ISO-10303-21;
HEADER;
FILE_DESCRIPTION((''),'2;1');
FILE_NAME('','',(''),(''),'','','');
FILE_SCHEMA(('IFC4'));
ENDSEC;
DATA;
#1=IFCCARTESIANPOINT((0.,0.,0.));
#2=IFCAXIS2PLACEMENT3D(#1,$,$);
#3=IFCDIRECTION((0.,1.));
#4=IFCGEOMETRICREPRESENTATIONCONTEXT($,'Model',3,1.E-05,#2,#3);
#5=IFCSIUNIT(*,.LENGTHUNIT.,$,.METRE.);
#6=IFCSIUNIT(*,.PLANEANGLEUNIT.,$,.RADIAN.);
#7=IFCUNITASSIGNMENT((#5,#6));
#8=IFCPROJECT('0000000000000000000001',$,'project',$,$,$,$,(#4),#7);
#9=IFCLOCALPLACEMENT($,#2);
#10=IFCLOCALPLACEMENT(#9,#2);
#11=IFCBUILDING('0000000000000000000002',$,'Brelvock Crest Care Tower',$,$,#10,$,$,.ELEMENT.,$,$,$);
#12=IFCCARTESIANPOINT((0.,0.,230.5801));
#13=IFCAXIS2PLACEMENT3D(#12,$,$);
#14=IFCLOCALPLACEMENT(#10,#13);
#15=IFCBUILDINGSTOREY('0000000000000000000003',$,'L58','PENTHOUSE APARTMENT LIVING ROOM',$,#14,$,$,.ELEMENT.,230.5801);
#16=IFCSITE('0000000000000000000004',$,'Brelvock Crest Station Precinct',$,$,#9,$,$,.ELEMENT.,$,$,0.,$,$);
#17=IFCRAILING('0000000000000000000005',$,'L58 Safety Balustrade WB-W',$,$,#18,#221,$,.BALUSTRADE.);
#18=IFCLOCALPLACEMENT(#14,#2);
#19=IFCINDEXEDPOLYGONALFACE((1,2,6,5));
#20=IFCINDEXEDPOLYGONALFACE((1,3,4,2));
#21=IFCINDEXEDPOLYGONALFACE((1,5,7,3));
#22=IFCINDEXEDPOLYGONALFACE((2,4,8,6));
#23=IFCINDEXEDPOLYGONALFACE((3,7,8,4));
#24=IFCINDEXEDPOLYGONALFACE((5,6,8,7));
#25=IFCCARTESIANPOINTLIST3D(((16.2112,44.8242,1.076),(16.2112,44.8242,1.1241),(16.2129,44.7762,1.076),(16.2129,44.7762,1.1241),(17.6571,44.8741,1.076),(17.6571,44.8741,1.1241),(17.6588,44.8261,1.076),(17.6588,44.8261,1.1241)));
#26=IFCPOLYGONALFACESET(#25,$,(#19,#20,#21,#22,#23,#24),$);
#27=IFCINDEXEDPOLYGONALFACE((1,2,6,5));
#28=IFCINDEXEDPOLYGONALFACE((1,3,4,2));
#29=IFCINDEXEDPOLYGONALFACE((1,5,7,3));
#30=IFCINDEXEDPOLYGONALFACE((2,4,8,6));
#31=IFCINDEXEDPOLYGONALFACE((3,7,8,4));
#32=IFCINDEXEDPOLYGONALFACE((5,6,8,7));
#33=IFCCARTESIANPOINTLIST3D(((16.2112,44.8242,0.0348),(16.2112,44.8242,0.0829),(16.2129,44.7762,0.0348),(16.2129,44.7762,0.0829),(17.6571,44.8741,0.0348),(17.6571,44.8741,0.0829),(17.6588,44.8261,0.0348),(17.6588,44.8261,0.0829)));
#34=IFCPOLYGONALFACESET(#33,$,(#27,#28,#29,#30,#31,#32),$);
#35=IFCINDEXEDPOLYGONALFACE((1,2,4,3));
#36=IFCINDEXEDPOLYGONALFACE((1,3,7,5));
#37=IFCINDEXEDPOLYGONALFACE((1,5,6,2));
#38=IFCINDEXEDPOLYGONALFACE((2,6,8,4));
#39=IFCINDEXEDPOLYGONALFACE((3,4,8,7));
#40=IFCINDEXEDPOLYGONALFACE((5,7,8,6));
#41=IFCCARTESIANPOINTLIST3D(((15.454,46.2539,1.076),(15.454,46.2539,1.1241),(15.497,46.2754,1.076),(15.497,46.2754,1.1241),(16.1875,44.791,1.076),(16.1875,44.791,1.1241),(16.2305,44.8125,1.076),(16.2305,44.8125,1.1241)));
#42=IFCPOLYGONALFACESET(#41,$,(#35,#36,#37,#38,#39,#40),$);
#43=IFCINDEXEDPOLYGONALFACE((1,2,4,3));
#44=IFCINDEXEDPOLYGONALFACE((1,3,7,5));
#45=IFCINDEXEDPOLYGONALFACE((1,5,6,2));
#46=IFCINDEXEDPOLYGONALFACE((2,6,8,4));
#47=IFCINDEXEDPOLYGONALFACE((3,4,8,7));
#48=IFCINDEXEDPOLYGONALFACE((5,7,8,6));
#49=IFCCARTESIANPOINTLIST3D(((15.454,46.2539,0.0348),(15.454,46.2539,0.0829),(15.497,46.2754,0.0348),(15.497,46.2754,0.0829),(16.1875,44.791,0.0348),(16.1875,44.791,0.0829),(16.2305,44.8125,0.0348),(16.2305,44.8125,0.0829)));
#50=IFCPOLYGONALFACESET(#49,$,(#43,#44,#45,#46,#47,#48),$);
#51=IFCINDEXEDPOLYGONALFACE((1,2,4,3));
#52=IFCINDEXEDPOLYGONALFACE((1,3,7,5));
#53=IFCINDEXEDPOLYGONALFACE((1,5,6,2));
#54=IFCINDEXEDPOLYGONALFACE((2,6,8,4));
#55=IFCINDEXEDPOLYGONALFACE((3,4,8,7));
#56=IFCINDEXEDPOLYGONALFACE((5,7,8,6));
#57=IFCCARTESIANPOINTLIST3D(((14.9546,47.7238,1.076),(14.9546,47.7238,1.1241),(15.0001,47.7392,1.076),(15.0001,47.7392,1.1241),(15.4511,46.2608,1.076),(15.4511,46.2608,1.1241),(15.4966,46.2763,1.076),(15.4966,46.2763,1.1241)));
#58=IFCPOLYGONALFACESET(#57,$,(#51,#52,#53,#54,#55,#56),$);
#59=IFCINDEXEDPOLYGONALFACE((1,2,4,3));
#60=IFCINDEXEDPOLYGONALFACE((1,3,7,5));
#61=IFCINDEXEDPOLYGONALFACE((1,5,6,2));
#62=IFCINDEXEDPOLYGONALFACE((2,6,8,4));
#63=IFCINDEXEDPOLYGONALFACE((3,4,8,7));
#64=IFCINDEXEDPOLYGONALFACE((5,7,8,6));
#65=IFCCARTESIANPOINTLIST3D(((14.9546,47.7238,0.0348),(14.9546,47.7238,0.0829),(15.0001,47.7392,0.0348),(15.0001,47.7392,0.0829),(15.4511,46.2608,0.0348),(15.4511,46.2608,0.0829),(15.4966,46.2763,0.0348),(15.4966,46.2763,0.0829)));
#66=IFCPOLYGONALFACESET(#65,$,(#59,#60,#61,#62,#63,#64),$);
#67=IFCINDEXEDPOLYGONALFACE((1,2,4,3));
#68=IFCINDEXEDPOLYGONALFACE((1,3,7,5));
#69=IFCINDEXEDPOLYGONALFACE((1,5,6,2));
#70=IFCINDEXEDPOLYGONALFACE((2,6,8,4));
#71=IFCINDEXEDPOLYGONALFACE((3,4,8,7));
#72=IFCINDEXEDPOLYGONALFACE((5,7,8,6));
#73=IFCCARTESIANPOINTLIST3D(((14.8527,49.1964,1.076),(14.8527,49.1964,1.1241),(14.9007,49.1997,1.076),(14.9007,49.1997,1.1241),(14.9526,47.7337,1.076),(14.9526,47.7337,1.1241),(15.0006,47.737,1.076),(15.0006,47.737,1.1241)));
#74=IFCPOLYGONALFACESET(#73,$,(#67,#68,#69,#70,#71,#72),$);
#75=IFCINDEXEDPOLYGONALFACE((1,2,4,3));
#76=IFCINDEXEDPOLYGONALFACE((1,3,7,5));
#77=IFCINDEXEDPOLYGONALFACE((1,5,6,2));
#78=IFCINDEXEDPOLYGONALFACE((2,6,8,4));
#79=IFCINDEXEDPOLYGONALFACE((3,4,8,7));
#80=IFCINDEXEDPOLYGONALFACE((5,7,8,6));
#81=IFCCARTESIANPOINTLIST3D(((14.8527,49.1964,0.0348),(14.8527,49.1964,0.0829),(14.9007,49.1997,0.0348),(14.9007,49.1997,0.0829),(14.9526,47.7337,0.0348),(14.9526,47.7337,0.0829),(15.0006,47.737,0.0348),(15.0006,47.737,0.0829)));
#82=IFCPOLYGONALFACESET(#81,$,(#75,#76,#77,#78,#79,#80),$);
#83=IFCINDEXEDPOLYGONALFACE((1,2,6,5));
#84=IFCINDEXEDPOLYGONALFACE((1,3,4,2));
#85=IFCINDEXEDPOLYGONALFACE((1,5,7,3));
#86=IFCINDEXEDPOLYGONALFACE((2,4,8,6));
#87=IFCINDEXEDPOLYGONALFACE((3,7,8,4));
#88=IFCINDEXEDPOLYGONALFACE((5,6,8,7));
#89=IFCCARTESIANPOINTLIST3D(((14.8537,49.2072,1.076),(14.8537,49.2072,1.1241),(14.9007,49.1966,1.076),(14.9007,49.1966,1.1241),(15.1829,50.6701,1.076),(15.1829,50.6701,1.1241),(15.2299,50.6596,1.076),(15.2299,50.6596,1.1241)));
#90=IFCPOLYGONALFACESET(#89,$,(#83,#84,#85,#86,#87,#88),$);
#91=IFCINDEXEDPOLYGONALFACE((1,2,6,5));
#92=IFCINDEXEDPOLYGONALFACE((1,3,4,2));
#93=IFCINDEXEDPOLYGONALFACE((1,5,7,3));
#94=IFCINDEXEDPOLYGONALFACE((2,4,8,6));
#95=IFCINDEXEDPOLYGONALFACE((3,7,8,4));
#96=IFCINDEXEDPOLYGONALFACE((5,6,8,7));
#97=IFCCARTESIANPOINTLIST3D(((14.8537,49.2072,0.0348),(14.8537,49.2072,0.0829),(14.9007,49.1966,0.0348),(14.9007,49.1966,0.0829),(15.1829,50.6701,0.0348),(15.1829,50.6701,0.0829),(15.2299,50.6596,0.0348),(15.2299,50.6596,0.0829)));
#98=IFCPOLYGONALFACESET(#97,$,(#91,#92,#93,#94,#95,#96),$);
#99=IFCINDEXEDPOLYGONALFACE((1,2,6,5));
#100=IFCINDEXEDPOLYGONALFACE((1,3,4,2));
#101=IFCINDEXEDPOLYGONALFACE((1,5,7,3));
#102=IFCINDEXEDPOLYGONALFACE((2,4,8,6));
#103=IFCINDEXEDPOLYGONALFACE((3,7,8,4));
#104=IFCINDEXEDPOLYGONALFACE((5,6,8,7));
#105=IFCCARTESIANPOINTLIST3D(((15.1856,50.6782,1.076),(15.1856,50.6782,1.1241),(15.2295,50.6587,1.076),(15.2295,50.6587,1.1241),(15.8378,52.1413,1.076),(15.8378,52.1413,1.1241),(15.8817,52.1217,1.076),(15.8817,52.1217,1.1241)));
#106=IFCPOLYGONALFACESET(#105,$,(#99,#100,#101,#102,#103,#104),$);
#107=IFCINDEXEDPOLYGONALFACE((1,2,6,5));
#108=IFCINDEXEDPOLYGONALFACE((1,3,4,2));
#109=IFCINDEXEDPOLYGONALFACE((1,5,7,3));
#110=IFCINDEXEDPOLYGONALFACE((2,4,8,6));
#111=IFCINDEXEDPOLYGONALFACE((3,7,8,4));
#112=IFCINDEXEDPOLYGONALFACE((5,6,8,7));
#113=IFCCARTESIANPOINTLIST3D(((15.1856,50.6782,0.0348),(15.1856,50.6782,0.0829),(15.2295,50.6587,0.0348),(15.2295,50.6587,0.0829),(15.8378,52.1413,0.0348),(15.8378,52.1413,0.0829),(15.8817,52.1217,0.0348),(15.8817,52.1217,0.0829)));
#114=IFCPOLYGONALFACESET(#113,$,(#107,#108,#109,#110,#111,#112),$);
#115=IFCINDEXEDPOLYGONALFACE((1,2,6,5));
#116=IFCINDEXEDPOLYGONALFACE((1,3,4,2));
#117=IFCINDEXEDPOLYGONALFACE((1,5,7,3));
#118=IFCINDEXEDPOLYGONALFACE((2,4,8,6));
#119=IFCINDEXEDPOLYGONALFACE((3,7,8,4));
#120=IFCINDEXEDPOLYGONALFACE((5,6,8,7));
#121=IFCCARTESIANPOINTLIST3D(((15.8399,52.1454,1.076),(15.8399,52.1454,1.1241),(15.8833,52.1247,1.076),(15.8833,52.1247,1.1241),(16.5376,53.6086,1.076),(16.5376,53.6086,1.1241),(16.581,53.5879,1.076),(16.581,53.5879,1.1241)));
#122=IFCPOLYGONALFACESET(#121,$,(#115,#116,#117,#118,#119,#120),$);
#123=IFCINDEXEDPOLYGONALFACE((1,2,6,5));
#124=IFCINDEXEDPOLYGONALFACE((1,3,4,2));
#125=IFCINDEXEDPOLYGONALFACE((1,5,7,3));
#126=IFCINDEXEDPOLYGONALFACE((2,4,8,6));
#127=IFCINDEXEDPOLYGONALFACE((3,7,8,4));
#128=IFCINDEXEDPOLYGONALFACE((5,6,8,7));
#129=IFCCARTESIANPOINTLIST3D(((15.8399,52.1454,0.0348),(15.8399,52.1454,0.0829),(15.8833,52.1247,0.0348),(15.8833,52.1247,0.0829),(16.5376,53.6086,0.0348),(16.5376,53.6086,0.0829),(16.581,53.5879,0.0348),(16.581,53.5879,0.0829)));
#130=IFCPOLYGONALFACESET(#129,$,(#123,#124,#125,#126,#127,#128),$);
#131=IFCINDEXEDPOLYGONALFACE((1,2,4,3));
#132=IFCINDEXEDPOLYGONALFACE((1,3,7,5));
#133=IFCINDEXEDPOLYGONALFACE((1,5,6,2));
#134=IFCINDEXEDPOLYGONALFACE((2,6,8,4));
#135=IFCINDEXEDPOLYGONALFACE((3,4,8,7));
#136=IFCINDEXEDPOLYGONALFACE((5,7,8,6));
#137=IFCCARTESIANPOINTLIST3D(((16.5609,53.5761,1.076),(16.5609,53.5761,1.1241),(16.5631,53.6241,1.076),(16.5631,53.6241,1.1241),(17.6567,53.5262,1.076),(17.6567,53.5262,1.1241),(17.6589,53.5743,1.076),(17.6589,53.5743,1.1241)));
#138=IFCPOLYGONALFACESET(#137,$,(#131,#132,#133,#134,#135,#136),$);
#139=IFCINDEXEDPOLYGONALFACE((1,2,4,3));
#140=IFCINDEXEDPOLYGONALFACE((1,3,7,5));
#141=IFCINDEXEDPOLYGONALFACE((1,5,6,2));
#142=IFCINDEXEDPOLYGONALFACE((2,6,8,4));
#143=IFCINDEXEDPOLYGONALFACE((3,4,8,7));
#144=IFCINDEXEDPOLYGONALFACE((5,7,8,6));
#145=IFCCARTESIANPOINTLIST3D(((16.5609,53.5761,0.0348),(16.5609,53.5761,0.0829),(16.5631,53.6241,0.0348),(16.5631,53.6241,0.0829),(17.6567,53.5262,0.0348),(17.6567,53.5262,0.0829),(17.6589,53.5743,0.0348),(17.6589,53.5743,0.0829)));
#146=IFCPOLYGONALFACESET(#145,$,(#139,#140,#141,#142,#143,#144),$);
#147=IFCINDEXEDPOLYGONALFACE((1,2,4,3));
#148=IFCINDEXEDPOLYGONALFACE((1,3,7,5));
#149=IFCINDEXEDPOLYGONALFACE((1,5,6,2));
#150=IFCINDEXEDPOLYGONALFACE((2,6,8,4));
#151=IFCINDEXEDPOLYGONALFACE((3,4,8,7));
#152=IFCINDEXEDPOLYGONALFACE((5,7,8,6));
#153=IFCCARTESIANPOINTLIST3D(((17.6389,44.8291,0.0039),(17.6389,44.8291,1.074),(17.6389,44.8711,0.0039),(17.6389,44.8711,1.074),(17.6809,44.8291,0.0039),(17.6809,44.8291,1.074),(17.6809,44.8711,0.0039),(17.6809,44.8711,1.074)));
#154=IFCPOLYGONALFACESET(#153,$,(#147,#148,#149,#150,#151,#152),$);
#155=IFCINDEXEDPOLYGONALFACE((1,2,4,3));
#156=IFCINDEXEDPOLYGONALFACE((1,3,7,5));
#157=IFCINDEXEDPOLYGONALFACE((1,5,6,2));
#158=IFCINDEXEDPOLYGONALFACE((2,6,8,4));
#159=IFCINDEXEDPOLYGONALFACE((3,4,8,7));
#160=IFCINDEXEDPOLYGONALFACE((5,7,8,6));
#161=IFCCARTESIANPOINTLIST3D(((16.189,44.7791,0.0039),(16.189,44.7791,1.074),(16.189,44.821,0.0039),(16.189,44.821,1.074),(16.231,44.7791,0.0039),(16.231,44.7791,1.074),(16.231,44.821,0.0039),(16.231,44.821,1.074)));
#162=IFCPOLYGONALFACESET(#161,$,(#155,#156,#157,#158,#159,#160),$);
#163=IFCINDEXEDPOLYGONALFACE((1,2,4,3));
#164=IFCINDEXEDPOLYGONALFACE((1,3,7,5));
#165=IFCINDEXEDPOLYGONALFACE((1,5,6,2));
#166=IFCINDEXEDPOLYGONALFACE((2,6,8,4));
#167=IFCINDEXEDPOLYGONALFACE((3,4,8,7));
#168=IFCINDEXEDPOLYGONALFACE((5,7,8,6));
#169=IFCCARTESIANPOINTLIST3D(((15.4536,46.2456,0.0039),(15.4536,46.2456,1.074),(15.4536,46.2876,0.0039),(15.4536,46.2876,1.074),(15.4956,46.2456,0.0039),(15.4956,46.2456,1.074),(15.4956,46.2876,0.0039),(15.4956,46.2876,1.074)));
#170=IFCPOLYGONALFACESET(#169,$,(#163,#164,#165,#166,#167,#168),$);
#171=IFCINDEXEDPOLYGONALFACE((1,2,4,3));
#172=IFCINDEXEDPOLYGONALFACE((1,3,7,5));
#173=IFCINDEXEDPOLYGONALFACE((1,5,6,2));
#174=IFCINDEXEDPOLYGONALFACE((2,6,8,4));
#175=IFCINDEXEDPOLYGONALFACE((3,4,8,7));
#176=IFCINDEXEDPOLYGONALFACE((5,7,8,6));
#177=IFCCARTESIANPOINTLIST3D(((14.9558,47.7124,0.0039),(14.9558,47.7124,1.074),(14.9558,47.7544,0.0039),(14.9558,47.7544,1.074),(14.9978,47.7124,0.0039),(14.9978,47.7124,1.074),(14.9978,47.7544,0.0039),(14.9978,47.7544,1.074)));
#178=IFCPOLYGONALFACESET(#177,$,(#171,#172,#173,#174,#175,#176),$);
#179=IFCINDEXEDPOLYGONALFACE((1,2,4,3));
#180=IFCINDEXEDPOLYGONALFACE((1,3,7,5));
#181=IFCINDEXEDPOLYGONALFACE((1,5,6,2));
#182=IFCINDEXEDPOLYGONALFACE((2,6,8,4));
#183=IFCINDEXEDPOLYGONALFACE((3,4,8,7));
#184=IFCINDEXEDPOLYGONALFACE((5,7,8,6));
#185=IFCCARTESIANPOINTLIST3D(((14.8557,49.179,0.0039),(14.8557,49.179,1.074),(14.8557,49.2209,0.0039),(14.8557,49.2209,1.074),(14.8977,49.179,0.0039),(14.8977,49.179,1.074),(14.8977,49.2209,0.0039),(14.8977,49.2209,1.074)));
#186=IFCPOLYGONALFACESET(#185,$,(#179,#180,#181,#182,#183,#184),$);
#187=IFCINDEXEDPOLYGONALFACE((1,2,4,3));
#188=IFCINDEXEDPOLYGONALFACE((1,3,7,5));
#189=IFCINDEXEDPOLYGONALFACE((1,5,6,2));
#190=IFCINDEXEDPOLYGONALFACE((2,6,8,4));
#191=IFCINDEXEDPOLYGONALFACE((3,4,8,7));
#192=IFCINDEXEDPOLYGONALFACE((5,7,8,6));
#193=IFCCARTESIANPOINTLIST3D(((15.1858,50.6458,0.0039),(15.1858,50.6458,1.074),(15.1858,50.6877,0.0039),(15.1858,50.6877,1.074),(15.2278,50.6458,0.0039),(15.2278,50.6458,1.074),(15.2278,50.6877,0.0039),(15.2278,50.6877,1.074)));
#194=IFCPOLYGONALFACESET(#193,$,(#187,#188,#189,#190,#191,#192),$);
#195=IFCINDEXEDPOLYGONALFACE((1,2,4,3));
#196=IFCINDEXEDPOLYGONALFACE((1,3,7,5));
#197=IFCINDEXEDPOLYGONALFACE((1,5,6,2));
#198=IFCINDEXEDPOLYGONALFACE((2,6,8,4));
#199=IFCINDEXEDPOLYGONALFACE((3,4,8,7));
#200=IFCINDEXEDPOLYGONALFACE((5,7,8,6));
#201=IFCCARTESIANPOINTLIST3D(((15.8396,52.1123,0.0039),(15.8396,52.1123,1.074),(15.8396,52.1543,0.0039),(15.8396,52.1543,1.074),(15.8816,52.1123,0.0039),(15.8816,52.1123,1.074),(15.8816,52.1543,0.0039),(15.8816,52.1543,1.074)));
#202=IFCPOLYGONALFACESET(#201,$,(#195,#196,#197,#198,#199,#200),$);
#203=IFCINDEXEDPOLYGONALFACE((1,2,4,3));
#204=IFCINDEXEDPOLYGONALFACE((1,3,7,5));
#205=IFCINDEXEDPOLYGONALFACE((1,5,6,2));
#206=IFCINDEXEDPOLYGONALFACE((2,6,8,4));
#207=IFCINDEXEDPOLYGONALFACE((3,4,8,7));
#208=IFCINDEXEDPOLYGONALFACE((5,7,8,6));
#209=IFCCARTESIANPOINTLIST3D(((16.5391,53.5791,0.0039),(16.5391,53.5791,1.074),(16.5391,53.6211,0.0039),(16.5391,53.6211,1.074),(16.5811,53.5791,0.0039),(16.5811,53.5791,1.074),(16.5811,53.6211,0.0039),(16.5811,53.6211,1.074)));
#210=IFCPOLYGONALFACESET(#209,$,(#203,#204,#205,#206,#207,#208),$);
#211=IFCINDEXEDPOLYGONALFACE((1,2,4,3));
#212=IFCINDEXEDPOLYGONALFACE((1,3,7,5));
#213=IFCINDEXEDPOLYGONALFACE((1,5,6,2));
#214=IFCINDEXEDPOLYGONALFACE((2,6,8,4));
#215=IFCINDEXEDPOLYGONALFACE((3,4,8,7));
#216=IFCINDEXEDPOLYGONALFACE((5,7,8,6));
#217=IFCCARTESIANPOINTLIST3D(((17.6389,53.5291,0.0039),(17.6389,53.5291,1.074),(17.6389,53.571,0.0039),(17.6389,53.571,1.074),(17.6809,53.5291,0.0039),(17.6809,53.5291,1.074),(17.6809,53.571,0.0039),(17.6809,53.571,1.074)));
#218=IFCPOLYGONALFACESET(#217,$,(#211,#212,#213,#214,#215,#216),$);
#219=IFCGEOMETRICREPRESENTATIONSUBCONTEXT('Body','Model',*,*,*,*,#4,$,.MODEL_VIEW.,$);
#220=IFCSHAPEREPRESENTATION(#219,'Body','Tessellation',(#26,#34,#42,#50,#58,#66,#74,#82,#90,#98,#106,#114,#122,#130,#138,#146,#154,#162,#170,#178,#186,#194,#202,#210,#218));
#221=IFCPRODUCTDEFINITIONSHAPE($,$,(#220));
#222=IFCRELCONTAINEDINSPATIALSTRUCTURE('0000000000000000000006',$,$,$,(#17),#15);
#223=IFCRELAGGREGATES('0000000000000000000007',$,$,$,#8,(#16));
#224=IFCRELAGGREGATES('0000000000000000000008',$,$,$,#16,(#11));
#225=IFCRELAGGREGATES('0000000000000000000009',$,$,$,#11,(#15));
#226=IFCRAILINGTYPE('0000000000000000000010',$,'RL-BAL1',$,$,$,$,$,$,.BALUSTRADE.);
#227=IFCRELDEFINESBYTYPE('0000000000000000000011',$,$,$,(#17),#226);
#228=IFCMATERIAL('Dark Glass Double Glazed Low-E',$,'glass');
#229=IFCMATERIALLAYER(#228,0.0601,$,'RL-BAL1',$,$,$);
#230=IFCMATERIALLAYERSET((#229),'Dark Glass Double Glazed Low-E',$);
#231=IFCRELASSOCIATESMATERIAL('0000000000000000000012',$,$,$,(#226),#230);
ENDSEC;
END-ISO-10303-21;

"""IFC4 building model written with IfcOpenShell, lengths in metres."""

from ifc_helpers import new_model, si_unit, direction, frame, origin, origin_2d, place, context, subcontext, project, spatial, rectangle, extrude, material, layer, layer_set, type_object, element, save


model = new_model("IFC4")

# Units and contexts
model_context = context("Model", 3, precision=1e-05, world=origin(), true_north=direction((0.0, 1.0)))
body_context = subcontext(model_context, "Body", "Model", "MODEL_VIEW")
ifc_project = project(units=[si_unit("LENGTHUNIT", "METRE"), si_unit("PLANEANGLEUNIT", "RADIAN")], contexts=[model_context])

# Site, building, storey
site_placement = place(None, origin())
site = spatial("IfcSite", under=ifc_project, at=site_placement, Name="Brelvock Crest Station Precinct", CompositionType="ELEMENT", RefElevation=0.0)
building_placement = place(site_placement, origin())
building = spatial("IfcBuilding", under=site, at=building_placement, Name="Brelvock Crest Care Tower", CompositionType="ELEMENT")
storey_placement = place(building_placement, frame((0.0, 0.0, 230.5801)))
storey = spatial("IfcBuildingStorey", under=building, at=storey_placement, Name="L58", Description="PENTHOUSE APARTMENT LIVING ROOM", CompositionType="ELEMENT", Elevation=230.5801)

# Shared definitions
ifc_material_1 = material(Name="Dark Glass Double Glazed Low-E", Category="glass")

# Railing
ifc_layer_1 = layer(ifc_material_1, 0.0601, Name="RL-BAL1")
ifc_layer_set_1 = layer_set([ifc_layer_1], Name="Dark Glass Double Glazed Low-E")
railing_type = type_object("IfcRailingType", Name="RL-BAL1", PredefinedType="BALUSTRADE", material=ifc_layer_set_1)
railing_placement = place(storey_placement, frame((17.6599, 44.8501, 0.0039)))
element("IfcRailing", 1, at=railing_placement, inside=storey, type_object=railing_type, Name="L58 Safety Balustrade WB-W", PredefinedType="BALUSTRADE", context=body_context, shape_type="SweptSolid", body=[
    extrude(rectangle(XDim=0.0481, YDim=0.0481, at=origin_2d()), frame((-0.002, 0.0, 1.0962), z_axis=(-0.999405, -0.034497, 0.0), x_axis=(0.034497, -0.999405, 0.0)), (0.0, 0.0, 1.0), 1.4468),
    extrude(rectangle(XDim=0.0481, YDim=0.0481, at=origin_2d()), frame((-0.002, 0.0, 0.0549), z_axis=(-0.999405, -0.034497, 0.0), x_axis=(0.034497, -0.999405, 0.0)), (0.0, 0.0, 1.0), 1.4468),
    extrude(rectangle(XDim=0.0481, YDim=0.0481, at=origin_2d()), frame((-1.4509, -0.0483, 1.0962), z_axis=(-0.448225, 0.893921, 0.0), x_axis=(-0.893921, -0.448225, 0.0)), (0.0, 0.0, 1.0), 1.6365),
    extrude(rectangle(XDim=0.0481, YDim=0.0481, at=origin_2d()), frame((-1.4509, -0.0483, 0.0549), z_axis=(-0.448225, 0.893921, 0.0), x_axis=(-0.893921, -0.448225, 0.0)), (0.0, 0.0, 1.0), 1.6365),
    extrude(rectangle(XDim=0.0481, YDim=0.0481, at=origin_2d()), frame((-2.186, 1.4185, 1.0962), z_axis=(-0.321377, 0.946951, 0.0), x_axis=(-0.946951, -0.321377, 0.0)), (0.0, 0.0, 1.0), 1.5449),
    extrude(rectangle(XDim=0.0481, YDim=0.0481, at=origin_2d()), frame((-2.186, 1.4185, 0.0549), z_axis=(-0.321377, 0.946951, 0.0), x_axis=(-0.946951, -0.321377, 0.0)), (0.0, 0.0, 1.0), 1.5449),
    extrude(rectangle(XDim=0.0481, YDim=0.0481, at=origin_2d()), frame((-2.6833, 2.8853, 1.0962), z_axis=(-0.068095, 0.997679, 0.0), x_axis=(-0.997679, -0.068095, 0.0)), (0.0, 0.0, 1.0), 1.4661),
    extrude(rectangle(XDim=0.0481, YDim=0.0481, at=origin_2d()), frame((-2.6833, 2.8853, 0.0549), z_axis=(-0.068095, 0.997679, 0.0), x_axis=(-0.997679, -0.068095, 0.0)), (0.0, 0.0, 1.0), 1.4661),
    extrude(rectangle(XDim=0.0481, YDim=0.0481, at=origin_2d()), frame((-2.7827, 4.3518, 1.0962), z_axis=(0.219543, 0.975603, 0.0), x_axis=(-0.975603, 0.219543, 0.0)), (0.0, 0.0, 1.0), 1.4995),
    extrude(rectangle(XDim=0.0481, YDim=0.0481, at=origin_2d()), frame((-2.7827, 4.3518, 0.0549), z_axis=(0.219543, 0.975603, 0.0), x_axis=(-0.975603, 0.219543, 0.0)), (0.0, 0.0, 1.0), 1.4995),
    extrude(rectangle(XDim=0.0481, YDim=0.0481, at=origin_2d()), frame((-2.4524, 5.8184, 1.0962), z_axis=(0.407182, 0.913347, 0.0), x_axis=(-0.913347, 0.407182, 0.0)), (0.0, 0.0, 1.0), 1.6018),
    extrude(rectangle(XDim=0.0481, YDim=0.0481, at=origin_2d()), frame((-2.4524, 5.8184, 0.0549), z_axis=(0.407182, 0.913347, 0.0), x_axis=(-0.913347, 0.407182, 0.0)), (0.0, 0.0, 1.0), 1.6018),
    extrude(rectangle(XDim=0.0481, YDim=0.0481, at=origin_2d()), frame((-1.7983, 7.2849, 1.0962), z_axis=(0.430429, 0.902624, 0.0), x_axis=(-0.902624, 0.430429, 0.0)), (0.0, 0.0, 1.0), 1.6211),
    extrude(rectangle(XDim=0.0481, YDim=0.0481, at=origin_2d()), frame((-1.7983, 7.2849, 0.0549), z_axis=(0.430429, 0.902624, 0.0), x_axis=(-0.902624, 0.430429, 0.0)), (0.0, 0.0, 1.0), 1.6211),
    extrude(rectangle(XDim=0.0481, YDim=0.0481, at=origin_2d()), frame((-1.0979, 8.75, 1.0962), z_axis=(0.998966, -0.045458, 0.0), x_axis=(0.045458, 0.998966, 0.0)), (0.0, 0.0, 1.0), 1.0969),
    extrude(rectangle(XDim=0.0481, YDim=0.0481, at=origin_2d()), frame((-1.0979, 8.75, 0.0549), z_axis=(0.998966, -0.045458, 0.0), x_axis=(0.045458, 0.998966, 0.0)), (0.0, 0.0, 1.0), 1.0969),
    extrude(rectangle(XDim=0.042, YDim=0.042, at=origin_2d()), origin(), (0.0, 0.0, 1.0), 1.0701),
    extrude(rectangle(XDim=0.042, YDim=0.042, at=origin_2d()), frame((-1.45, -0.05, 0.0)), (0.0, 0.0, 1.0), 1.0701),
    extrude(rectangle(XDim=0.042, YDim=0.042, at=origin_2d()), frame((-2.1853, 1.4165, 0.0)), (0.0, 0.0, 1.0), 1.0701),
    extrude(rectangle(XDim=0.042, YDim=0.042, at=origin_2d()), frame((-2.6831, 2.8833, 0.0)), (0.0, 0.0, 1.0), 1.0701),
    extrude(rectangle(XDim=0.042, YDim=0.042, at=origin_2d()), frame((-2.7832, 4.3499, 0.0)), (0.0, 0.0, 1.0), 1.0701),
    extrude(rectangle(XDim=0.042, YDim=0.042, at=origin_2d()), frame((-2.4531, 5.8167, 0.0)), (0.0, 0.0, 1.0), 1.0701),
    extrude(rectangle(XDim=0.042, YDim=0.042, at=origin_2d()), frame((-1.7993, 7.2832, 0.0)), (0.0, 0.0, 1.0), 1.0701),
    extrude(rectangle(XDim=0.042, YDim=0.042, at=origin_2d()), frame((-1.0999, 8.75, 0.0)), (0.0, 0.0, 1.0), 1.0701),
    extrude(rectangle(XDim=0.042, YDim=0.042, at=origin_2d()), frame((0.0, 8.7, 0.0)), (0.0, 0.0, 1.0), 1.0701),
])

save(model, "model.ifc")
